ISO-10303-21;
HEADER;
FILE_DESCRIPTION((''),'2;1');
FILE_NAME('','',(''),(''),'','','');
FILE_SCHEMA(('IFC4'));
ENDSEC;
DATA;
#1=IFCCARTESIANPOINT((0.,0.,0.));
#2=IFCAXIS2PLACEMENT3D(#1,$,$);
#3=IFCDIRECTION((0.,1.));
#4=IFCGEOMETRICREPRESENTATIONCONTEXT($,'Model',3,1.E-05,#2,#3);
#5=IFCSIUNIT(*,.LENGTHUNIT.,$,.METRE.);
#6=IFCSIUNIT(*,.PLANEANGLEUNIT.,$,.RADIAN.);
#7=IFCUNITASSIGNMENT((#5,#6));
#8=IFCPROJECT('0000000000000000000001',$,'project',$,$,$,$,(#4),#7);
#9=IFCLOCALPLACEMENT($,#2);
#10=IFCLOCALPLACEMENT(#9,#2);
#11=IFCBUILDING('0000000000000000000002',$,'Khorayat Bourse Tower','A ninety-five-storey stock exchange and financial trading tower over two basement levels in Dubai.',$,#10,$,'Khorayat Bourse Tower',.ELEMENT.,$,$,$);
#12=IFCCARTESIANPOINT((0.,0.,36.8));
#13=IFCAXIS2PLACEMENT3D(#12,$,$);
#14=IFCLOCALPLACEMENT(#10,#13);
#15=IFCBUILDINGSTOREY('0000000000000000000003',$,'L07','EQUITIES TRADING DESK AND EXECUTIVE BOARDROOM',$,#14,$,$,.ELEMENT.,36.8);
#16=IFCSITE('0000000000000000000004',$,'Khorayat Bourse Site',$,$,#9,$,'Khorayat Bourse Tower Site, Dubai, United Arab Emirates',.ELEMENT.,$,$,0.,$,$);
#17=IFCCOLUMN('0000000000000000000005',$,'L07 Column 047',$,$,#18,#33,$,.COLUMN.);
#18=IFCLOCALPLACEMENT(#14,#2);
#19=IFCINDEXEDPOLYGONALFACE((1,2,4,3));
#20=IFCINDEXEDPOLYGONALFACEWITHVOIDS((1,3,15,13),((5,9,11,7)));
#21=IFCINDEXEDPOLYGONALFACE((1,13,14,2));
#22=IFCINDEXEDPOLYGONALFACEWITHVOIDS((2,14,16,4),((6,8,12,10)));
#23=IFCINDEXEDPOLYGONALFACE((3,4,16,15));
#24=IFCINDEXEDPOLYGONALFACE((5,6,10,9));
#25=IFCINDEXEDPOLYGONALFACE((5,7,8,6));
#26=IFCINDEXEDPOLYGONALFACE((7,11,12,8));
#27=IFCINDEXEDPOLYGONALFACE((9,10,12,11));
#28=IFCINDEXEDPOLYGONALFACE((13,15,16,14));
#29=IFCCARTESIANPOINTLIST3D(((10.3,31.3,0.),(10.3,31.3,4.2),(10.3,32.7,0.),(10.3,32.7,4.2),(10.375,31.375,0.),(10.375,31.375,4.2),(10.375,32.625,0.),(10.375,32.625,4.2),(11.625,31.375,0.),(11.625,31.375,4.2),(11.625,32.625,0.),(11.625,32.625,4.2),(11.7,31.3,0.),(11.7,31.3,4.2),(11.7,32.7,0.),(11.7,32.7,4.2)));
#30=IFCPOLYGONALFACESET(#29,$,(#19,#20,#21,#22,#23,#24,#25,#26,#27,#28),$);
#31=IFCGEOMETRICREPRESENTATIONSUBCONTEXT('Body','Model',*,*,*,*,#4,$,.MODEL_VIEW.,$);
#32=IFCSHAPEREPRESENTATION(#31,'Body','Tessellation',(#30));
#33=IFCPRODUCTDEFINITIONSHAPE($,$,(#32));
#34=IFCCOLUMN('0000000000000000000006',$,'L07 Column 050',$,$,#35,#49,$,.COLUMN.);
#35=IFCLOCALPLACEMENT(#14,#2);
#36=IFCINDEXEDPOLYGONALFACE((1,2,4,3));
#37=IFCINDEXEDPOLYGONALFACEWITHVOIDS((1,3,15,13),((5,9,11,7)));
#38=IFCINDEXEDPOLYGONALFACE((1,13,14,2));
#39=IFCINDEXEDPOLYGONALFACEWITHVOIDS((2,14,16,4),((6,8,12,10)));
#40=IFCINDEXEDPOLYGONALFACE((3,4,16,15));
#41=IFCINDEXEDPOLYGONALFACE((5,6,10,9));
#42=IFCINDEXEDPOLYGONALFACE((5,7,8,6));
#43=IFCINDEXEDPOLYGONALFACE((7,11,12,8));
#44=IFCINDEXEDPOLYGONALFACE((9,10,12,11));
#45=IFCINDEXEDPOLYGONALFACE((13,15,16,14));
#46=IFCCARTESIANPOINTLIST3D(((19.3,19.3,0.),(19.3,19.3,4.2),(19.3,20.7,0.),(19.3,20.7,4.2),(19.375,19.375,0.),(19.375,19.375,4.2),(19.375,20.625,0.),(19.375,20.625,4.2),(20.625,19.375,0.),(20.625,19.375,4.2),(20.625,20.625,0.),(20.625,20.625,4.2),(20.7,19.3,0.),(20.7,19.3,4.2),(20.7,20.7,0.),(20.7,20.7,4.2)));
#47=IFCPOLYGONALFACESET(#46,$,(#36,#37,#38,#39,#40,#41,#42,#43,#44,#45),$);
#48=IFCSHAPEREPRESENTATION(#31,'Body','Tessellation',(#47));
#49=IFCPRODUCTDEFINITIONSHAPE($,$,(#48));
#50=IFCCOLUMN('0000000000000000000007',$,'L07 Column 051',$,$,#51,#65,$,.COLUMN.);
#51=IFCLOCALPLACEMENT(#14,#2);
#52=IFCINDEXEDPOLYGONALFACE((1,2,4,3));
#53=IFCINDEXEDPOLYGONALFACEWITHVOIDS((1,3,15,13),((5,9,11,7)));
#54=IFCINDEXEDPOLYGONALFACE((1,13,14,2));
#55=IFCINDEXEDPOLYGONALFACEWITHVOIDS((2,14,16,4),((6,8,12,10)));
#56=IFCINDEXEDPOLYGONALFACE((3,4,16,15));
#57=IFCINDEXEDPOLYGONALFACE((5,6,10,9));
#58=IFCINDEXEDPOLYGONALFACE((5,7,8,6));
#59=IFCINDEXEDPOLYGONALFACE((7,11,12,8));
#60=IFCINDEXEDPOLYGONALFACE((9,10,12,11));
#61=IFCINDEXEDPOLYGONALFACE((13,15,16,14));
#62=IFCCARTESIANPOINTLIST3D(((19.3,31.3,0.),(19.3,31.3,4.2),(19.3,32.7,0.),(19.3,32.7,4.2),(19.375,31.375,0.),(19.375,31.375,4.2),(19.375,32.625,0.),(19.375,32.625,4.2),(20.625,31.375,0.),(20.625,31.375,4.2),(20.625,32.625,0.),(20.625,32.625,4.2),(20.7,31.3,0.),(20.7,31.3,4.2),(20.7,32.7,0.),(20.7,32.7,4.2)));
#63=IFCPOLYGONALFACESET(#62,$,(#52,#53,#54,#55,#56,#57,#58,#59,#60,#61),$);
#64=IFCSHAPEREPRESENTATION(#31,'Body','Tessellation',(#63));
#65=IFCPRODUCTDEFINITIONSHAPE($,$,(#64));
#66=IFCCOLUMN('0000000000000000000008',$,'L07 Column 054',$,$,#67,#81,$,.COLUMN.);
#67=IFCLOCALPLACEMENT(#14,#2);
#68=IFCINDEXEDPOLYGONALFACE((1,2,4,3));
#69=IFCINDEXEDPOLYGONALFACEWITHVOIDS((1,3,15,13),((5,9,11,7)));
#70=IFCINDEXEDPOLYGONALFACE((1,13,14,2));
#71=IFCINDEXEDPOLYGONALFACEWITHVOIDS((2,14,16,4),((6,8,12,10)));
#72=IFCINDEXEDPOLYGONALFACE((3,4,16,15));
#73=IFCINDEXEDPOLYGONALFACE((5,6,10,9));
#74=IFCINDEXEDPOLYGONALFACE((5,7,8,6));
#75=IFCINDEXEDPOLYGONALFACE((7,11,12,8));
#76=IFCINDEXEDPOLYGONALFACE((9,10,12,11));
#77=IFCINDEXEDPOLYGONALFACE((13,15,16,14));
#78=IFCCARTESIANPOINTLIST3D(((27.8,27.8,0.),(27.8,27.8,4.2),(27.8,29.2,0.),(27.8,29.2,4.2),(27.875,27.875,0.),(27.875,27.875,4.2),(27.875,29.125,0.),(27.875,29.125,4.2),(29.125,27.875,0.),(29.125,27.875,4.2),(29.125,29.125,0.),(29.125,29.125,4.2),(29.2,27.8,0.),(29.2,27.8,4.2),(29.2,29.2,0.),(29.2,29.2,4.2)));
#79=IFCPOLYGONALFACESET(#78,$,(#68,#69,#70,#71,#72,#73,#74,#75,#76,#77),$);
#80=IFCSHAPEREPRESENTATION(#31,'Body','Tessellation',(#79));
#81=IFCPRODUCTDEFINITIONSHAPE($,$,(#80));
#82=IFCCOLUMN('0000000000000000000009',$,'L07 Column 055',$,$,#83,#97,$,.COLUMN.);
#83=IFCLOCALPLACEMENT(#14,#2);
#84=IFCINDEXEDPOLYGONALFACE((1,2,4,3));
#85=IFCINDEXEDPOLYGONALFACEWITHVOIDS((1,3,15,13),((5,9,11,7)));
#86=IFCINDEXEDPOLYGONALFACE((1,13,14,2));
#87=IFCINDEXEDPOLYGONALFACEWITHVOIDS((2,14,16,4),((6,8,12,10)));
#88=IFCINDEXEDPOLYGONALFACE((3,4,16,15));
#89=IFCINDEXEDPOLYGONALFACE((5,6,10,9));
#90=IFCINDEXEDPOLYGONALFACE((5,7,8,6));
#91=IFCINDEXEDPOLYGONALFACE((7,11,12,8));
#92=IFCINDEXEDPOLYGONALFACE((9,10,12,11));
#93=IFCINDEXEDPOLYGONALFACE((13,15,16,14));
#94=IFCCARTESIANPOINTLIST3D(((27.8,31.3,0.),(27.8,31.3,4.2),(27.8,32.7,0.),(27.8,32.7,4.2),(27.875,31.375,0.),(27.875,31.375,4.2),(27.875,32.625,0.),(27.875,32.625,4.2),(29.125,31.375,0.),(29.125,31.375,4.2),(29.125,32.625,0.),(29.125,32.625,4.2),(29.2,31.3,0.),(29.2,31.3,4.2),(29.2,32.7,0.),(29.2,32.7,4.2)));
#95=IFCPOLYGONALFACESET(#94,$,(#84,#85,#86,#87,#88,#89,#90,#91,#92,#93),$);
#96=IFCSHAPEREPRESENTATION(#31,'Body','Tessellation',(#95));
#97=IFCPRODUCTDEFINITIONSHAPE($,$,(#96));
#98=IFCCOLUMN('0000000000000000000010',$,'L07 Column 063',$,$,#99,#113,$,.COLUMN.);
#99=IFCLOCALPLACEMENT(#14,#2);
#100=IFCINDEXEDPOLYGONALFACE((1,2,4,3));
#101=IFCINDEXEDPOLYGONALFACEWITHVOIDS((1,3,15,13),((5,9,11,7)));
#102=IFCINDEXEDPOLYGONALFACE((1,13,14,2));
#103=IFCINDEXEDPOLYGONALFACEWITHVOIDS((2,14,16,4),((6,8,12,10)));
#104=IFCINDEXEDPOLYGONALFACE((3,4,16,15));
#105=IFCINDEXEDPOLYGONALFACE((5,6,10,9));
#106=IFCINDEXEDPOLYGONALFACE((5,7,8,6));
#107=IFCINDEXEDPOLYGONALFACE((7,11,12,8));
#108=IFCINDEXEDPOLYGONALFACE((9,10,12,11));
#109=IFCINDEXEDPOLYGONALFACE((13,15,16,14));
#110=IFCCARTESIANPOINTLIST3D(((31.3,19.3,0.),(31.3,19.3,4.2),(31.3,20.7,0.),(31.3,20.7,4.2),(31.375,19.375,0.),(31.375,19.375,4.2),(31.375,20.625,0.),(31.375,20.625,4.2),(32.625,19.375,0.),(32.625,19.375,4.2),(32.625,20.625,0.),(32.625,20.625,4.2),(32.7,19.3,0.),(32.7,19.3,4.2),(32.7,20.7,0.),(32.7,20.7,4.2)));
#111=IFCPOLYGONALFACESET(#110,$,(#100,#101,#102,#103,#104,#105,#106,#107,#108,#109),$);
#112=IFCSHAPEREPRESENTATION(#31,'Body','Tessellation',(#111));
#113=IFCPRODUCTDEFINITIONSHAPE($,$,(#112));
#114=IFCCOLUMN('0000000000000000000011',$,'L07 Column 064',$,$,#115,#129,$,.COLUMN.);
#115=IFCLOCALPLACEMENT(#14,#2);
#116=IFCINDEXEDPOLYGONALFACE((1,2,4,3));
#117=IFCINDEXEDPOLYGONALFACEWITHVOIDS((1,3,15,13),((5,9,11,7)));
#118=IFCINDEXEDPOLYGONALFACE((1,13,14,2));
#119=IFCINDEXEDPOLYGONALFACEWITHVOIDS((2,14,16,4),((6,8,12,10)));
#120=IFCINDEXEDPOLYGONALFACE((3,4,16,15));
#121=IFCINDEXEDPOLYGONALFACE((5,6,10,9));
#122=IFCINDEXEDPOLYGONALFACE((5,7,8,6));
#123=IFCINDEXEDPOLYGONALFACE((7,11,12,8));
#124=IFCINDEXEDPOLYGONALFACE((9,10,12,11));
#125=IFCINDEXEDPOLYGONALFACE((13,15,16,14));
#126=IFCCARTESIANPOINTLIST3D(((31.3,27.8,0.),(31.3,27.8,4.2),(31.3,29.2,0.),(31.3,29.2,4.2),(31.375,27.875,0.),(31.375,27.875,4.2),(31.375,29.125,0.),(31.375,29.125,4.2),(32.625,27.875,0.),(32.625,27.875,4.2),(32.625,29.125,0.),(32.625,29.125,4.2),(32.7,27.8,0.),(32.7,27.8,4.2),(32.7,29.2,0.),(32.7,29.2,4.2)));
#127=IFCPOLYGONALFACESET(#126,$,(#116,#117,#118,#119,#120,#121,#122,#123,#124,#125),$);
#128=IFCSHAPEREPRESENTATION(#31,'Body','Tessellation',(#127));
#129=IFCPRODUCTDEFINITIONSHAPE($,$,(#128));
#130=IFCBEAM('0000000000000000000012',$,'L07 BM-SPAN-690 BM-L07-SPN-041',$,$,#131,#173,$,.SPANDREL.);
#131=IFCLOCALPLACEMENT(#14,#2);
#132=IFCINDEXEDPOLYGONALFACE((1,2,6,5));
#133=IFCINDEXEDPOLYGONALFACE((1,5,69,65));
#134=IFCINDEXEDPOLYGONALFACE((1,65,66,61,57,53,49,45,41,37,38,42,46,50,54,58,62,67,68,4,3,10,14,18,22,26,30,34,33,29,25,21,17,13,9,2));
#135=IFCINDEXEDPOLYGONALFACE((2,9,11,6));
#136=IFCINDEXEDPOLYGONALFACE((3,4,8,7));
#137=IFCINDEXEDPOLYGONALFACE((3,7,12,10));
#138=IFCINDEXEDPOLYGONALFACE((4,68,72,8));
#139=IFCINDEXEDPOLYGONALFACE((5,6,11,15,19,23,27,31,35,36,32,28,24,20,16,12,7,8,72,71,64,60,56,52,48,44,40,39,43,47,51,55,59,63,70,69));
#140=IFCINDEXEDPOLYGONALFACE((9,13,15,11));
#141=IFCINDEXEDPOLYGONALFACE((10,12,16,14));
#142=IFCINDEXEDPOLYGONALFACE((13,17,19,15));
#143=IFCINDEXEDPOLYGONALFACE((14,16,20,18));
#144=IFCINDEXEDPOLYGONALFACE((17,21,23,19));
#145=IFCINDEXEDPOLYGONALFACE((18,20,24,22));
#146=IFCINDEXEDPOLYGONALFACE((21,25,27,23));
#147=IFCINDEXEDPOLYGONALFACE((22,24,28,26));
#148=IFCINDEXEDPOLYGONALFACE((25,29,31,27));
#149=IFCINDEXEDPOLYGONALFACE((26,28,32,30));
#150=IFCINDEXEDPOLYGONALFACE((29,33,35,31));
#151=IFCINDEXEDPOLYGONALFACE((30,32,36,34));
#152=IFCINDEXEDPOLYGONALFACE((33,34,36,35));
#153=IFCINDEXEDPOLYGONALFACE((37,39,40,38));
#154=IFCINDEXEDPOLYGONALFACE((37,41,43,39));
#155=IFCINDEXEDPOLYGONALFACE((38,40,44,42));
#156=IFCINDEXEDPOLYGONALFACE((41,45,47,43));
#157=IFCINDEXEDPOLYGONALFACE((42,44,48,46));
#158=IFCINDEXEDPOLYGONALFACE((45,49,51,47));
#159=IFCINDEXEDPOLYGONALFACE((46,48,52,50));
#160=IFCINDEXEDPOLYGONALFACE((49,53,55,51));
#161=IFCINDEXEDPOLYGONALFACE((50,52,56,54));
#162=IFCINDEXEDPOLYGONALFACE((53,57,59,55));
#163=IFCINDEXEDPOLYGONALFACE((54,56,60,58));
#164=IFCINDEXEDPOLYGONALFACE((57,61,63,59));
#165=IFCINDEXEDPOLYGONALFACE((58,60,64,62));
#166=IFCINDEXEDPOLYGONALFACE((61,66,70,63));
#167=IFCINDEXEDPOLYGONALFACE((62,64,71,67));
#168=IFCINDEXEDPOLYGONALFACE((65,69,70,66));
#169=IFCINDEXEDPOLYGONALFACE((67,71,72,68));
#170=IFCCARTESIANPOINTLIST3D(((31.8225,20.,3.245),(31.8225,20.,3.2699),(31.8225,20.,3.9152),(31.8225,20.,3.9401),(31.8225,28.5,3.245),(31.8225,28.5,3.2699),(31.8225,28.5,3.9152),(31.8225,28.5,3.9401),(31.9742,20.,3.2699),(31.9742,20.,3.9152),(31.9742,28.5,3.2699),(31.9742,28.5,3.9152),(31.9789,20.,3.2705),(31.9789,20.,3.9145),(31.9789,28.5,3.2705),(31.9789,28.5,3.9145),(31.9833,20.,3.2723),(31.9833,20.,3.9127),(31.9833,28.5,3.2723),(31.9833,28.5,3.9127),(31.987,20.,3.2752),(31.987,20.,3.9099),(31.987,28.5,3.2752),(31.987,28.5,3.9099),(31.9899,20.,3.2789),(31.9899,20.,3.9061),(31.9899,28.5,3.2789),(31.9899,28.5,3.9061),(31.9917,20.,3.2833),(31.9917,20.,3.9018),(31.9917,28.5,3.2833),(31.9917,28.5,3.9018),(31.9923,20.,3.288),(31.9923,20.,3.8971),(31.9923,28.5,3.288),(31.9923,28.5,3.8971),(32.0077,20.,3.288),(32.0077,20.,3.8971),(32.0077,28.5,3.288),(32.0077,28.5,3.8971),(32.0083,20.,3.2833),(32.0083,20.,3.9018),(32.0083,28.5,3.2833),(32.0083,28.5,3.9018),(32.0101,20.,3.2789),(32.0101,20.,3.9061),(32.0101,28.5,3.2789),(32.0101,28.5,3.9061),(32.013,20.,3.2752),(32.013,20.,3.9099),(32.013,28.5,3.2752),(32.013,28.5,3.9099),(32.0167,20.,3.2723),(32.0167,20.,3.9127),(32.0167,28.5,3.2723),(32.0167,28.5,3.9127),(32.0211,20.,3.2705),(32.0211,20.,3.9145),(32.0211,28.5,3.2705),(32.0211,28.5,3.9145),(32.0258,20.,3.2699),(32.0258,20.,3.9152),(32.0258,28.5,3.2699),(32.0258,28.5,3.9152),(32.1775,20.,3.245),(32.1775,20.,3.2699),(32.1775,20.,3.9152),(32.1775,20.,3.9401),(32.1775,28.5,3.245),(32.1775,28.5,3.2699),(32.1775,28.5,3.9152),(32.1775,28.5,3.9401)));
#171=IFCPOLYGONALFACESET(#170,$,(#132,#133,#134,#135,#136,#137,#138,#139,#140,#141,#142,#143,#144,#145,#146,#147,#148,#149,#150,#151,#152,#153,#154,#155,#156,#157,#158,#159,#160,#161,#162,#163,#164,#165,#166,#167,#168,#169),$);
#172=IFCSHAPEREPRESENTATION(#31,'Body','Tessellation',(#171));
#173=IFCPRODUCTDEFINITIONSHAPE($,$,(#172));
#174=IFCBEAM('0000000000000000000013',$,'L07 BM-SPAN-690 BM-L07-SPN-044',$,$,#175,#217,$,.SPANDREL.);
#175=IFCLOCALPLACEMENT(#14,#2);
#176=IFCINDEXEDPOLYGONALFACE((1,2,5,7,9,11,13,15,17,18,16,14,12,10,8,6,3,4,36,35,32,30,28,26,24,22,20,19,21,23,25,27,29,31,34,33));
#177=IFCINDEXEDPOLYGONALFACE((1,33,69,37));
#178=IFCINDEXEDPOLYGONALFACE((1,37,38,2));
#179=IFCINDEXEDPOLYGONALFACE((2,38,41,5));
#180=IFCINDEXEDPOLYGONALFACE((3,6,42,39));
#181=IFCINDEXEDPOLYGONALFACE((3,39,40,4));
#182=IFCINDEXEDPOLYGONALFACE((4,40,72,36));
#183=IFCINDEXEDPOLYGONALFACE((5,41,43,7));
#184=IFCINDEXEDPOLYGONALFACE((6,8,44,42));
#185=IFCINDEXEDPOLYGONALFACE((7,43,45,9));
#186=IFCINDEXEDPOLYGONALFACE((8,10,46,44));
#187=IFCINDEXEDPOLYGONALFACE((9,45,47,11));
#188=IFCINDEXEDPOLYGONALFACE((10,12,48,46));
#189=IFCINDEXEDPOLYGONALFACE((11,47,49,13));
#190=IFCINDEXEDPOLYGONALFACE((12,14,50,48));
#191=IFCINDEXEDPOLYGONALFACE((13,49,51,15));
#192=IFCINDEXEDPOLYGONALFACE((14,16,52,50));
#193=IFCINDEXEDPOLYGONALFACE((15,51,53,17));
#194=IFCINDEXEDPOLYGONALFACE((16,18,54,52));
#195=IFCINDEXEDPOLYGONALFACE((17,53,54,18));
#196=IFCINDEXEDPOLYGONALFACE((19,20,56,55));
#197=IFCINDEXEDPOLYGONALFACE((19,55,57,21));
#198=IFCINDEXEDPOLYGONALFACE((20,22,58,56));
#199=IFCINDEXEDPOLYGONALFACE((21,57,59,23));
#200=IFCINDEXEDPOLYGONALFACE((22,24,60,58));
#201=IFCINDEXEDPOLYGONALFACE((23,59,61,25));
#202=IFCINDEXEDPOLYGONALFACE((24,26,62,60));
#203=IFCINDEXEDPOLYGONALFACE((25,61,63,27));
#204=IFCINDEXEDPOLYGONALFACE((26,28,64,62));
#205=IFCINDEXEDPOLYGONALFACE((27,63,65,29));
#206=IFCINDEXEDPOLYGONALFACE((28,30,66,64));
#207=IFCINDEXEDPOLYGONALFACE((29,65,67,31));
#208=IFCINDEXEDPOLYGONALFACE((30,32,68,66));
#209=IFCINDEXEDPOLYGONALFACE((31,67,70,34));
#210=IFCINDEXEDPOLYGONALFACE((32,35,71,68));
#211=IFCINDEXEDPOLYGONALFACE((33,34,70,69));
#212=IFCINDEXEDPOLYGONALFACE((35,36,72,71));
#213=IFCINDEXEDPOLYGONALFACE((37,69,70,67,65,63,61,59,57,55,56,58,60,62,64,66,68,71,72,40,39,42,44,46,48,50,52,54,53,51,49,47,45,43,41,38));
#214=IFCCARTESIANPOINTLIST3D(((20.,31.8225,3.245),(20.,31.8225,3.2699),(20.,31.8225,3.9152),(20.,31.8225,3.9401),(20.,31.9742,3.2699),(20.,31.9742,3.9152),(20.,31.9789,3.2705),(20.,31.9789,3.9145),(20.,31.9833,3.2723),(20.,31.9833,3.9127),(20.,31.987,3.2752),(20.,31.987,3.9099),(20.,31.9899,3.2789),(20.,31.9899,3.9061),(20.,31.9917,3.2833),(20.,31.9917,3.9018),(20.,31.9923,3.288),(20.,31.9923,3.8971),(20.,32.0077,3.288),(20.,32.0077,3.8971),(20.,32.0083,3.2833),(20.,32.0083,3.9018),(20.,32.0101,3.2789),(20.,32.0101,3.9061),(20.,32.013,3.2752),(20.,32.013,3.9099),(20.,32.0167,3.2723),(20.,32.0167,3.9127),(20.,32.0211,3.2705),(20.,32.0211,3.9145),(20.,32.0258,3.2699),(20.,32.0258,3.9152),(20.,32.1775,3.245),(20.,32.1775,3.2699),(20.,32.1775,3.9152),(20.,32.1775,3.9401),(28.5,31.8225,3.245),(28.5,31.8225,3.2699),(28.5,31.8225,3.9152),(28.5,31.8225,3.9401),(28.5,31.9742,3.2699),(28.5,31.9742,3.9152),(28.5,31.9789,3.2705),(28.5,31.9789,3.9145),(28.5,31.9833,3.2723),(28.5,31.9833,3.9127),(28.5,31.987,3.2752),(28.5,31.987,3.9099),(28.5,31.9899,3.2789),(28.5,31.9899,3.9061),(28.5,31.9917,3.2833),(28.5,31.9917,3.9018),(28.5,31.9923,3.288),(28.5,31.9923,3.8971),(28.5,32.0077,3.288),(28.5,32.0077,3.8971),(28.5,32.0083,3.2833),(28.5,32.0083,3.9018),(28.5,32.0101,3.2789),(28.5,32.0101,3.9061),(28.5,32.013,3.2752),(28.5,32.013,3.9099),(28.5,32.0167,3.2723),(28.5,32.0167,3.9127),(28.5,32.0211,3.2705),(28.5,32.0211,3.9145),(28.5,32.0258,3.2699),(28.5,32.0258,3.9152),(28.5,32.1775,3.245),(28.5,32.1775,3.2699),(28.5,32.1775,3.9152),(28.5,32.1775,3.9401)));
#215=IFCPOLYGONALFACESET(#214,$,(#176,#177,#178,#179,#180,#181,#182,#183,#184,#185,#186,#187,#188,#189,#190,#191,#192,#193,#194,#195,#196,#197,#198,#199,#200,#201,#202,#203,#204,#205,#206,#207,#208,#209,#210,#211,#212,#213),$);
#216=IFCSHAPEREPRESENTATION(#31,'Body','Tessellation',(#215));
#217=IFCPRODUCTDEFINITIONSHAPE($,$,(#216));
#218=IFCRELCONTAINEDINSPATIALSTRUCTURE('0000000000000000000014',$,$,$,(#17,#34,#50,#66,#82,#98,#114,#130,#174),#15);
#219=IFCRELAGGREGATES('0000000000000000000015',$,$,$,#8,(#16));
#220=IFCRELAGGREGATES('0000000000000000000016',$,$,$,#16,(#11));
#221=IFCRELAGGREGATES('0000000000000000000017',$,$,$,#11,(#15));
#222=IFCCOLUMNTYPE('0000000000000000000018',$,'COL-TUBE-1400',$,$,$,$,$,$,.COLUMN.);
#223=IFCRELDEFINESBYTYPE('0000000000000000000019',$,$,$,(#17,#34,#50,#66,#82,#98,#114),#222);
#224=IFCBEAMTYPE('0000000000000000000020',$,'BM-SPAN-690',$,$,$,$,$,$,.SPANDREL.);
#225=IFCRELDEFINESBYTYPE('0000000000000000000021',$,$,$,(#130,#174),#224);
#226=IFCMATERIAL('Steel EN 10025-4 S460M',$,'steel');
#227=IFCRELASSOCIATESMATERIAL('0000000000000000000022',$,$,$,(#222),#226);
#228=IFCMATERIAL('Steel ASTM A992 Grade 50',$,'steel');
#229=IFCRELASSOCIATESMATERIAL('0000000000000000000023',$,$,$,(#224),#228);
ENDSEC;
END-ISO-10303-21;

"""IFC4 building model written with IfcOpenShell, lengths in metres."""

from ifc_helpers import new_model, si_unit, direction, frame, origin, origin_2d, place, context, subcontext, project, spatial, hollow_rectangle, i_section, extrude, source, transform, mapped, material, material_profile, profile_set, type_object, element, save


model = new_model("IFC4")

# Units and contexts
model_context = context("Model", 3, precision=1e-05, world=origin(), true_north=direction((0.0, 1.0)))
body_context = subcontext(model_context, "Body", "Model", "MODEL_VIEW")
ifc_project = project(units=[si_unit("LENGTHUNIT", "METRE"), si_unit("PLANEANGLEUNIT", "RADIAN")], contexts=[model_context])

# Site, building, storey
site_placement = place(None, origin())
site = spatial("IfcSite", under=ifc_project, at=site_placement, Name="Khorayat Bourse Site", LongName="Khorayat Bourse Tower Site, Dubai, United Arab Emirates", CompositionType="ELEMENT", RefElevation=0.0)
building_placement = place(site_placement, origin())
building = spatial("IfcBuilding", under=site, at=building_placement, Name="Khorayat Bourse Tower", Description="A ninety-five-storey stock exchange and financial trading tower over two basement levels in Dubai.", LongName="Khorayat Bourse Tower", CompositionType="ELEMENT")
storey_placement = place(building_placement, frame((0.0, 0.0, 36.8)))
storey = spatial("IfcBuildingStorey", under=building, at=storey_placement, Name="L07", Description="EQUITIES TRADING DESK AND EXECUTIVE BOARDROOM", CompositionType="ELEMENT", Elevation=36.8)

# Columns
ifc_material_1 = material(Name="Steel EN 10025-4 S460M", Category="steel")
ifc_material_profile_1 = material_profile(ifc_material_1, hollow_rectangle(XDim=1.3999, YDim=1.3999, WallThickness=0.075, at=origin_2d()), Name="BOX 1400x1400x75")
ifc_profile_set_1 = profile_set([ifc_material_profile_1], Name="Steel EN 10025-4 S460M")
column_type = type_object("IfcColumnType", Name="COL-TUBE-1400", PredefinedType="COLUMN", material=ifc_profile_set_1)
shared_shape_1 = source(origin(), body_context, "Body", "SweptSolid", [
    extrude(hollow_rectangle(XDim=1.3999, YDim=1.3999, WallThickness=0.075, at=origin_2d()), origin(), (0.0, 0.0, 1.0), 4.2),
])
for number, where, z_axis, x_axis, name in (
    (1, (11.0, 32.0, 0.0), (0.0, 0.0, 1.0), (1.0, 0.0, 0.0), "L07 Column 047"),
    (2, (20.0, 20.0, 0.0), (0.0, 0.0, 1.0), (1.0, 0.0, 0.0), "L07 Column 050"),
    (3, (20.0, 32.0, 0.0), (0.0, 0.0, 1.0), (1.0, 0.0, 0.0), "L07 Column 051"),
    (4, (28.5, 28.5, 0.0), (0.0, 0.0, 1.0), (1.0, 0.0, 0.0), "L07 Column 054"),
    (5, (28.5, 32.0, 0.0), (0.0, 0.0, 1.0), (1.0, 0.0, 0.0), "L07 Column 055"),
    (6, (32.0, 20.0, 0.0), (0.0, 0.0, 1.0), (1.0, 0.0, 0.0), "L07 Column 063"),
    (7, (32.0, 28.5, 0.0), (0.0, 0.0, 1.0), (1.0, 0.0, 0.0), "L07 Column 064"),
):
    element("IfcColumn", number, at=place(storey_placement, frame(where, z_axis=z_axis, x_axis=x_axis)), inside=storey, type_object=column_type, Name=name, PredefinedType="COLUMN", context=body_context, shape_type="MappedRepresentation", body=[
        mapped(shared_shape_1, transform((0.0, 0.0, 0.0), scale=1.0)),
    ])

# Beams
ifc_material_2 = material(Name="Steel ASTM A992 Grade 50", Category="steel")
ifc_material_profile_2 = material_profile(ifc_material_2, i_section(OverallWidth=0.355, OverallDepth=0.6951, WebThickness=0.0154, FlangeThickness=0.0249, FilletRadius=0.0181, at=origin_2d()), Name="W690X217")
ifc_profile_set_2 = profile_set([ifc_material_profile_2], Name="Steel ASTM A992 Grade 50")
beam_type_1 = type_object("IfcBeamType", Name="BM-SPAN-690", PredefinedType="SPANDREL", material=ifc_profile_set_2)
shared_shape_2 = source(origin(), body_context, "Body", "SweptSolid", [
    extrude(i_section(OverallWidth=0.355, OverallDepth=0.6951, WebThickness=0.0154, FlangeThickness=0.0249, FilletRadius=0.0181, at=origin_2d()), origin(), (0.0, 0.0, 1.0), 8.5),
])
for number, where, z_axis, x_axis, name in (
    (8, (32.0, 20.0, 3.5925), (0.0, 1.0, 0.0), (-1.0, 0.0, 0.0), "L07 BM-SPAN-690 BM-L07-SPN-041"),
    (9, (20.0, 32.0, 3.5925), (1.0, 0.0, 0.0), (0.0, 1.0, 0.0), "L07 BM-SPAN-690 BM-L07-SPN-044"),
):
    element("IfcBeam", number, at=place(storey_placement, frame(where, z_axis=z_axis, x_axis=x_axis)), inside=storey, type_object=beam_type_1, Name=name, PredefinedType="SPANDREL", context=body_context, shape_type="MappedRepresentation", body=[
        mapped(shared_shape_2, transform((0.0, 0.0, 0.0), scale=1.0)),
    ])

save(model, "model.ifc")
